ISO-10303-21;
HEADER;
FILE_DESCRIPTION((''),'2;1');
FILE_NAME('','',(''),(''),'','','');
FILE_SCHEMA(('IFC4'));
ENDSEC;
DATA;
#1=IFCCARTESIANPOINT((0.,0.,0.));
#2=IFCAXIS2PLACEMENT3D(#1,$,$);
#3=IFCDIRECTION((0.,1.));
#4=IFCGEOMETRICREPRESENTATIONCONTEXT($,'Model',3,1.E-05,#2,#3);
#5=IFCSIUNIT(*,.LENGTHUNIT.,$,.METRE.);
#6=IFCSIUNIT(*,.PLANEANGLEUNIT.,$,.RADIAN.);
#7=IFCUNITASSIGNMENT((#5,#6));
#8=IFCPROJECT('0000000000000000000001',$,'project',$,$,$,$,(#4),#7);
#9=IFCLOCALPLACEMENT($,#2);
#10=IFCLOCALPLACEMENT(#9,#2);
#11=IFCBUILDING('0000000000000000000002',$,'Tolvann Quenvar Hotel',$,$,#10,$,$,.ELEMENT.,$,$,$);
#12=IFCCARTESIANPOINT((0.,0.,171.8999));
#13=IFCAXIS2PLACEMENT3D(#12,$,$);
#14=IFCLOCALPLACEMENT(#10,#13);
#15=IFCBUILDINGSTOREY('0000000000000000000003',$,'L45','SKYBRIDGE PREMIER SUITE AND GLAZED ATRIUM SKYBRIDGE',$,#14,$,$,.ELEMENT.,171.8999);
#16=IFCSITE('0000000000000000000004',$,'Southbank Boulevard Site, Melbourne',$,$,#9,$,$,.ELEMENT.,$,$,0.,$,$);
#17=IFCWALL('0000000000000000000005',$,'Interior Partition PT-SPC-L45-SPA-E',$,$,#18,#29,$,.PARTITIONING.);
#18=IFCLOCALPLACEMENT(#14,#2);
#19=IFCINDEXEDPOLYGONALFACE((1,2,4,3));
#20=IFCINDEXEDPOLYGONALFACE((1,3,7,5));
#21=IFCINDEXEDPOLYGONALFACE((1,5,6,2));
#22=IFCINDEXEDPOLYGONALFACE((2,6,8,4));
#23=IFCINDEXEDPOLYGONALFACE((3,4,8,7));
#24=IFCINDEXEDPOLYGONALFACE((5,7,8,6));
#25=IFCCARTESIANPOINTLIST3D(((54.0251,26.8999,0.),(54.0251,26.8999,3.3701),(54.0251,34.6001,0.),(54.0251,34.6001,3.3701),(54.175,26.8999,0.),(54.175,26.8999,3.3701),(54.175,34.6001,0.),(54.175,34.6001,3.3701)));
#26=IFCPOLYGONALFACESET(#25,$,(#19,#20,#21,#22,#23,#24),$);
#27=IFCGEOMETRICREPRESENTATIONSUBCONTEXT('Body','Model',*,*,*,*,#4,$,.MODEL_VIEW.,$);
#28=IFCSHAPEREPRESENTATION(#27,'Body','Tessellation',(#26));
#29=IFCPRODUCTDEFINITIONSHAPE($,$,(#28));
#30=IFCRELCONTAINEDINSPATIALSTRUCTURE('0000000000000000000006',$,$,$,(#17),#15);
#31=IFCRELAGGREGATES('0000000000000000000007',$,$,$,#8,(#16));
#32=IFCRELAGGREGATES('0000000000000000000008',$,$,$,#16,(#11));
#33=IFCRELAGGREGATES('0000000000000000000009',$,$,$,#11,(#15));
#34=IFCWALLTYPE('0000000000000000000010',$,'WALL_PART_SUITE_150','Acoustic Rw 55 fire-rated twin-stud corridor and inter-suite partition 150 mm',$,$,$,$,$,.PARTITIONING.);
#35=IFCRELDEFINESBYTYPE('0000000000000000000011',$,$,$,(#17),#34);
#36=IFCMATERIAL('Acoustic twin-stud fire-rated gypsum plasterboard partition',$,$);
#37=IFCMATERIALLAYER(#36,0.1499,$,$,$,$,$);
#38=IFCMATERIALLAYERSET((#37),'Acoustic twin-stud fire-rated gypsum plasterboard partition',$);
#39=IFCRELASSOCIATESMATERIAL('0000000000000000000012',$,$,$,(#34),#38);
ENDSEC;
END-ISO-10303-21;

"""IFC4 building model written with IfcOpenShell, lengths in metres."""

from ifc_helpers import new_model, si_unit, direction, frame, frame_2d, origin, place, context, subcontext, project, spatial, rectangle, extrude, material, layer, layer_set, type_object, element, save


model = new_model("IFC4")

# Units and contexts
model_context = context("Model", 3, precision=1e-05, world=origin(), true_north=direction((0.0, 1.0)))
body_context = subcontext(model_context, "Body", "Model", "MODEL_VIEW")
ifc_project = project(units=[si_unit("LENGTHUNIT", "METRE"), si_unit("PLANEANGLEUNIT", "RADIAN")], contexts=[model_context])

# Site, building, storey
site_placement = place(None, origin())
site = spatial("IfcSite", under=ifc_project, at=site_placement, Name="Southbank Boulevard Site, Melbourne", CompositionType="ELEMENT", RefElevation=0.0)
building_placement = place(site_placement, origin())
building = spatial("IfcBuilding", under=site, at=building_placement, Name="Tolvann Quenvar Hotel", CompositionType="ELEMENT")
storey_placement = place(building_placement, frame((0.0, 0.0, 171.8999)))
storey = spatial("IfcBuildingStorey", under=building, at=storey_placement, Name="L45", Description="SKYBRIDGE PREMIER SUITE AND GLAZED ATRIUM SKYBRIDGE", CompositionType="ELEMENT", Elevation=171.8999)

# Wall
ifc_material_1 = material(Name="Acoustic twin-stud fire-rated gypsum plasterboard partition")
ifc_layer_1 = layer(ifc_material_1, 0.1499)
ifc_layer_set_1 = layer_set([ifc_layer_1], Name="Acoustic twin-stud fire-rated gypsum plasterboard partition")
wall_type = type_object("IfcWallType", Name="WALL_PART_SUITE_150", Description="Acoustic Rw 55 fire-rated twin-stud corridor and inter-suite partition 150 mm", PredefinedType="PARTITIONING", material=ifc_layer_set_1)
wall_1_placement = place(storey_placement, frame((54.1001, 26.8999, 0.0), z_axis=(0.0, 0.0, 1.0), x_axis=(0.0, 1.0, 0.0)))
element("IfcWall", 1, at=wall_1_placement, inside=storey, type_object=wall_type, Name="Interior Partition PT-SPC-L45-SPA-E", PredefinedType="PARTITIONING", context=body_context, shape_type="SweptSolid", body=[
    extrude(rectangle(XDim=7.7002, YDim=0.1499, at=frame_2d((3.8501, 0.0))), origin(), (0.0, 0.0, 1.0), 3.3701),
])

save(model, "model.ifc")
